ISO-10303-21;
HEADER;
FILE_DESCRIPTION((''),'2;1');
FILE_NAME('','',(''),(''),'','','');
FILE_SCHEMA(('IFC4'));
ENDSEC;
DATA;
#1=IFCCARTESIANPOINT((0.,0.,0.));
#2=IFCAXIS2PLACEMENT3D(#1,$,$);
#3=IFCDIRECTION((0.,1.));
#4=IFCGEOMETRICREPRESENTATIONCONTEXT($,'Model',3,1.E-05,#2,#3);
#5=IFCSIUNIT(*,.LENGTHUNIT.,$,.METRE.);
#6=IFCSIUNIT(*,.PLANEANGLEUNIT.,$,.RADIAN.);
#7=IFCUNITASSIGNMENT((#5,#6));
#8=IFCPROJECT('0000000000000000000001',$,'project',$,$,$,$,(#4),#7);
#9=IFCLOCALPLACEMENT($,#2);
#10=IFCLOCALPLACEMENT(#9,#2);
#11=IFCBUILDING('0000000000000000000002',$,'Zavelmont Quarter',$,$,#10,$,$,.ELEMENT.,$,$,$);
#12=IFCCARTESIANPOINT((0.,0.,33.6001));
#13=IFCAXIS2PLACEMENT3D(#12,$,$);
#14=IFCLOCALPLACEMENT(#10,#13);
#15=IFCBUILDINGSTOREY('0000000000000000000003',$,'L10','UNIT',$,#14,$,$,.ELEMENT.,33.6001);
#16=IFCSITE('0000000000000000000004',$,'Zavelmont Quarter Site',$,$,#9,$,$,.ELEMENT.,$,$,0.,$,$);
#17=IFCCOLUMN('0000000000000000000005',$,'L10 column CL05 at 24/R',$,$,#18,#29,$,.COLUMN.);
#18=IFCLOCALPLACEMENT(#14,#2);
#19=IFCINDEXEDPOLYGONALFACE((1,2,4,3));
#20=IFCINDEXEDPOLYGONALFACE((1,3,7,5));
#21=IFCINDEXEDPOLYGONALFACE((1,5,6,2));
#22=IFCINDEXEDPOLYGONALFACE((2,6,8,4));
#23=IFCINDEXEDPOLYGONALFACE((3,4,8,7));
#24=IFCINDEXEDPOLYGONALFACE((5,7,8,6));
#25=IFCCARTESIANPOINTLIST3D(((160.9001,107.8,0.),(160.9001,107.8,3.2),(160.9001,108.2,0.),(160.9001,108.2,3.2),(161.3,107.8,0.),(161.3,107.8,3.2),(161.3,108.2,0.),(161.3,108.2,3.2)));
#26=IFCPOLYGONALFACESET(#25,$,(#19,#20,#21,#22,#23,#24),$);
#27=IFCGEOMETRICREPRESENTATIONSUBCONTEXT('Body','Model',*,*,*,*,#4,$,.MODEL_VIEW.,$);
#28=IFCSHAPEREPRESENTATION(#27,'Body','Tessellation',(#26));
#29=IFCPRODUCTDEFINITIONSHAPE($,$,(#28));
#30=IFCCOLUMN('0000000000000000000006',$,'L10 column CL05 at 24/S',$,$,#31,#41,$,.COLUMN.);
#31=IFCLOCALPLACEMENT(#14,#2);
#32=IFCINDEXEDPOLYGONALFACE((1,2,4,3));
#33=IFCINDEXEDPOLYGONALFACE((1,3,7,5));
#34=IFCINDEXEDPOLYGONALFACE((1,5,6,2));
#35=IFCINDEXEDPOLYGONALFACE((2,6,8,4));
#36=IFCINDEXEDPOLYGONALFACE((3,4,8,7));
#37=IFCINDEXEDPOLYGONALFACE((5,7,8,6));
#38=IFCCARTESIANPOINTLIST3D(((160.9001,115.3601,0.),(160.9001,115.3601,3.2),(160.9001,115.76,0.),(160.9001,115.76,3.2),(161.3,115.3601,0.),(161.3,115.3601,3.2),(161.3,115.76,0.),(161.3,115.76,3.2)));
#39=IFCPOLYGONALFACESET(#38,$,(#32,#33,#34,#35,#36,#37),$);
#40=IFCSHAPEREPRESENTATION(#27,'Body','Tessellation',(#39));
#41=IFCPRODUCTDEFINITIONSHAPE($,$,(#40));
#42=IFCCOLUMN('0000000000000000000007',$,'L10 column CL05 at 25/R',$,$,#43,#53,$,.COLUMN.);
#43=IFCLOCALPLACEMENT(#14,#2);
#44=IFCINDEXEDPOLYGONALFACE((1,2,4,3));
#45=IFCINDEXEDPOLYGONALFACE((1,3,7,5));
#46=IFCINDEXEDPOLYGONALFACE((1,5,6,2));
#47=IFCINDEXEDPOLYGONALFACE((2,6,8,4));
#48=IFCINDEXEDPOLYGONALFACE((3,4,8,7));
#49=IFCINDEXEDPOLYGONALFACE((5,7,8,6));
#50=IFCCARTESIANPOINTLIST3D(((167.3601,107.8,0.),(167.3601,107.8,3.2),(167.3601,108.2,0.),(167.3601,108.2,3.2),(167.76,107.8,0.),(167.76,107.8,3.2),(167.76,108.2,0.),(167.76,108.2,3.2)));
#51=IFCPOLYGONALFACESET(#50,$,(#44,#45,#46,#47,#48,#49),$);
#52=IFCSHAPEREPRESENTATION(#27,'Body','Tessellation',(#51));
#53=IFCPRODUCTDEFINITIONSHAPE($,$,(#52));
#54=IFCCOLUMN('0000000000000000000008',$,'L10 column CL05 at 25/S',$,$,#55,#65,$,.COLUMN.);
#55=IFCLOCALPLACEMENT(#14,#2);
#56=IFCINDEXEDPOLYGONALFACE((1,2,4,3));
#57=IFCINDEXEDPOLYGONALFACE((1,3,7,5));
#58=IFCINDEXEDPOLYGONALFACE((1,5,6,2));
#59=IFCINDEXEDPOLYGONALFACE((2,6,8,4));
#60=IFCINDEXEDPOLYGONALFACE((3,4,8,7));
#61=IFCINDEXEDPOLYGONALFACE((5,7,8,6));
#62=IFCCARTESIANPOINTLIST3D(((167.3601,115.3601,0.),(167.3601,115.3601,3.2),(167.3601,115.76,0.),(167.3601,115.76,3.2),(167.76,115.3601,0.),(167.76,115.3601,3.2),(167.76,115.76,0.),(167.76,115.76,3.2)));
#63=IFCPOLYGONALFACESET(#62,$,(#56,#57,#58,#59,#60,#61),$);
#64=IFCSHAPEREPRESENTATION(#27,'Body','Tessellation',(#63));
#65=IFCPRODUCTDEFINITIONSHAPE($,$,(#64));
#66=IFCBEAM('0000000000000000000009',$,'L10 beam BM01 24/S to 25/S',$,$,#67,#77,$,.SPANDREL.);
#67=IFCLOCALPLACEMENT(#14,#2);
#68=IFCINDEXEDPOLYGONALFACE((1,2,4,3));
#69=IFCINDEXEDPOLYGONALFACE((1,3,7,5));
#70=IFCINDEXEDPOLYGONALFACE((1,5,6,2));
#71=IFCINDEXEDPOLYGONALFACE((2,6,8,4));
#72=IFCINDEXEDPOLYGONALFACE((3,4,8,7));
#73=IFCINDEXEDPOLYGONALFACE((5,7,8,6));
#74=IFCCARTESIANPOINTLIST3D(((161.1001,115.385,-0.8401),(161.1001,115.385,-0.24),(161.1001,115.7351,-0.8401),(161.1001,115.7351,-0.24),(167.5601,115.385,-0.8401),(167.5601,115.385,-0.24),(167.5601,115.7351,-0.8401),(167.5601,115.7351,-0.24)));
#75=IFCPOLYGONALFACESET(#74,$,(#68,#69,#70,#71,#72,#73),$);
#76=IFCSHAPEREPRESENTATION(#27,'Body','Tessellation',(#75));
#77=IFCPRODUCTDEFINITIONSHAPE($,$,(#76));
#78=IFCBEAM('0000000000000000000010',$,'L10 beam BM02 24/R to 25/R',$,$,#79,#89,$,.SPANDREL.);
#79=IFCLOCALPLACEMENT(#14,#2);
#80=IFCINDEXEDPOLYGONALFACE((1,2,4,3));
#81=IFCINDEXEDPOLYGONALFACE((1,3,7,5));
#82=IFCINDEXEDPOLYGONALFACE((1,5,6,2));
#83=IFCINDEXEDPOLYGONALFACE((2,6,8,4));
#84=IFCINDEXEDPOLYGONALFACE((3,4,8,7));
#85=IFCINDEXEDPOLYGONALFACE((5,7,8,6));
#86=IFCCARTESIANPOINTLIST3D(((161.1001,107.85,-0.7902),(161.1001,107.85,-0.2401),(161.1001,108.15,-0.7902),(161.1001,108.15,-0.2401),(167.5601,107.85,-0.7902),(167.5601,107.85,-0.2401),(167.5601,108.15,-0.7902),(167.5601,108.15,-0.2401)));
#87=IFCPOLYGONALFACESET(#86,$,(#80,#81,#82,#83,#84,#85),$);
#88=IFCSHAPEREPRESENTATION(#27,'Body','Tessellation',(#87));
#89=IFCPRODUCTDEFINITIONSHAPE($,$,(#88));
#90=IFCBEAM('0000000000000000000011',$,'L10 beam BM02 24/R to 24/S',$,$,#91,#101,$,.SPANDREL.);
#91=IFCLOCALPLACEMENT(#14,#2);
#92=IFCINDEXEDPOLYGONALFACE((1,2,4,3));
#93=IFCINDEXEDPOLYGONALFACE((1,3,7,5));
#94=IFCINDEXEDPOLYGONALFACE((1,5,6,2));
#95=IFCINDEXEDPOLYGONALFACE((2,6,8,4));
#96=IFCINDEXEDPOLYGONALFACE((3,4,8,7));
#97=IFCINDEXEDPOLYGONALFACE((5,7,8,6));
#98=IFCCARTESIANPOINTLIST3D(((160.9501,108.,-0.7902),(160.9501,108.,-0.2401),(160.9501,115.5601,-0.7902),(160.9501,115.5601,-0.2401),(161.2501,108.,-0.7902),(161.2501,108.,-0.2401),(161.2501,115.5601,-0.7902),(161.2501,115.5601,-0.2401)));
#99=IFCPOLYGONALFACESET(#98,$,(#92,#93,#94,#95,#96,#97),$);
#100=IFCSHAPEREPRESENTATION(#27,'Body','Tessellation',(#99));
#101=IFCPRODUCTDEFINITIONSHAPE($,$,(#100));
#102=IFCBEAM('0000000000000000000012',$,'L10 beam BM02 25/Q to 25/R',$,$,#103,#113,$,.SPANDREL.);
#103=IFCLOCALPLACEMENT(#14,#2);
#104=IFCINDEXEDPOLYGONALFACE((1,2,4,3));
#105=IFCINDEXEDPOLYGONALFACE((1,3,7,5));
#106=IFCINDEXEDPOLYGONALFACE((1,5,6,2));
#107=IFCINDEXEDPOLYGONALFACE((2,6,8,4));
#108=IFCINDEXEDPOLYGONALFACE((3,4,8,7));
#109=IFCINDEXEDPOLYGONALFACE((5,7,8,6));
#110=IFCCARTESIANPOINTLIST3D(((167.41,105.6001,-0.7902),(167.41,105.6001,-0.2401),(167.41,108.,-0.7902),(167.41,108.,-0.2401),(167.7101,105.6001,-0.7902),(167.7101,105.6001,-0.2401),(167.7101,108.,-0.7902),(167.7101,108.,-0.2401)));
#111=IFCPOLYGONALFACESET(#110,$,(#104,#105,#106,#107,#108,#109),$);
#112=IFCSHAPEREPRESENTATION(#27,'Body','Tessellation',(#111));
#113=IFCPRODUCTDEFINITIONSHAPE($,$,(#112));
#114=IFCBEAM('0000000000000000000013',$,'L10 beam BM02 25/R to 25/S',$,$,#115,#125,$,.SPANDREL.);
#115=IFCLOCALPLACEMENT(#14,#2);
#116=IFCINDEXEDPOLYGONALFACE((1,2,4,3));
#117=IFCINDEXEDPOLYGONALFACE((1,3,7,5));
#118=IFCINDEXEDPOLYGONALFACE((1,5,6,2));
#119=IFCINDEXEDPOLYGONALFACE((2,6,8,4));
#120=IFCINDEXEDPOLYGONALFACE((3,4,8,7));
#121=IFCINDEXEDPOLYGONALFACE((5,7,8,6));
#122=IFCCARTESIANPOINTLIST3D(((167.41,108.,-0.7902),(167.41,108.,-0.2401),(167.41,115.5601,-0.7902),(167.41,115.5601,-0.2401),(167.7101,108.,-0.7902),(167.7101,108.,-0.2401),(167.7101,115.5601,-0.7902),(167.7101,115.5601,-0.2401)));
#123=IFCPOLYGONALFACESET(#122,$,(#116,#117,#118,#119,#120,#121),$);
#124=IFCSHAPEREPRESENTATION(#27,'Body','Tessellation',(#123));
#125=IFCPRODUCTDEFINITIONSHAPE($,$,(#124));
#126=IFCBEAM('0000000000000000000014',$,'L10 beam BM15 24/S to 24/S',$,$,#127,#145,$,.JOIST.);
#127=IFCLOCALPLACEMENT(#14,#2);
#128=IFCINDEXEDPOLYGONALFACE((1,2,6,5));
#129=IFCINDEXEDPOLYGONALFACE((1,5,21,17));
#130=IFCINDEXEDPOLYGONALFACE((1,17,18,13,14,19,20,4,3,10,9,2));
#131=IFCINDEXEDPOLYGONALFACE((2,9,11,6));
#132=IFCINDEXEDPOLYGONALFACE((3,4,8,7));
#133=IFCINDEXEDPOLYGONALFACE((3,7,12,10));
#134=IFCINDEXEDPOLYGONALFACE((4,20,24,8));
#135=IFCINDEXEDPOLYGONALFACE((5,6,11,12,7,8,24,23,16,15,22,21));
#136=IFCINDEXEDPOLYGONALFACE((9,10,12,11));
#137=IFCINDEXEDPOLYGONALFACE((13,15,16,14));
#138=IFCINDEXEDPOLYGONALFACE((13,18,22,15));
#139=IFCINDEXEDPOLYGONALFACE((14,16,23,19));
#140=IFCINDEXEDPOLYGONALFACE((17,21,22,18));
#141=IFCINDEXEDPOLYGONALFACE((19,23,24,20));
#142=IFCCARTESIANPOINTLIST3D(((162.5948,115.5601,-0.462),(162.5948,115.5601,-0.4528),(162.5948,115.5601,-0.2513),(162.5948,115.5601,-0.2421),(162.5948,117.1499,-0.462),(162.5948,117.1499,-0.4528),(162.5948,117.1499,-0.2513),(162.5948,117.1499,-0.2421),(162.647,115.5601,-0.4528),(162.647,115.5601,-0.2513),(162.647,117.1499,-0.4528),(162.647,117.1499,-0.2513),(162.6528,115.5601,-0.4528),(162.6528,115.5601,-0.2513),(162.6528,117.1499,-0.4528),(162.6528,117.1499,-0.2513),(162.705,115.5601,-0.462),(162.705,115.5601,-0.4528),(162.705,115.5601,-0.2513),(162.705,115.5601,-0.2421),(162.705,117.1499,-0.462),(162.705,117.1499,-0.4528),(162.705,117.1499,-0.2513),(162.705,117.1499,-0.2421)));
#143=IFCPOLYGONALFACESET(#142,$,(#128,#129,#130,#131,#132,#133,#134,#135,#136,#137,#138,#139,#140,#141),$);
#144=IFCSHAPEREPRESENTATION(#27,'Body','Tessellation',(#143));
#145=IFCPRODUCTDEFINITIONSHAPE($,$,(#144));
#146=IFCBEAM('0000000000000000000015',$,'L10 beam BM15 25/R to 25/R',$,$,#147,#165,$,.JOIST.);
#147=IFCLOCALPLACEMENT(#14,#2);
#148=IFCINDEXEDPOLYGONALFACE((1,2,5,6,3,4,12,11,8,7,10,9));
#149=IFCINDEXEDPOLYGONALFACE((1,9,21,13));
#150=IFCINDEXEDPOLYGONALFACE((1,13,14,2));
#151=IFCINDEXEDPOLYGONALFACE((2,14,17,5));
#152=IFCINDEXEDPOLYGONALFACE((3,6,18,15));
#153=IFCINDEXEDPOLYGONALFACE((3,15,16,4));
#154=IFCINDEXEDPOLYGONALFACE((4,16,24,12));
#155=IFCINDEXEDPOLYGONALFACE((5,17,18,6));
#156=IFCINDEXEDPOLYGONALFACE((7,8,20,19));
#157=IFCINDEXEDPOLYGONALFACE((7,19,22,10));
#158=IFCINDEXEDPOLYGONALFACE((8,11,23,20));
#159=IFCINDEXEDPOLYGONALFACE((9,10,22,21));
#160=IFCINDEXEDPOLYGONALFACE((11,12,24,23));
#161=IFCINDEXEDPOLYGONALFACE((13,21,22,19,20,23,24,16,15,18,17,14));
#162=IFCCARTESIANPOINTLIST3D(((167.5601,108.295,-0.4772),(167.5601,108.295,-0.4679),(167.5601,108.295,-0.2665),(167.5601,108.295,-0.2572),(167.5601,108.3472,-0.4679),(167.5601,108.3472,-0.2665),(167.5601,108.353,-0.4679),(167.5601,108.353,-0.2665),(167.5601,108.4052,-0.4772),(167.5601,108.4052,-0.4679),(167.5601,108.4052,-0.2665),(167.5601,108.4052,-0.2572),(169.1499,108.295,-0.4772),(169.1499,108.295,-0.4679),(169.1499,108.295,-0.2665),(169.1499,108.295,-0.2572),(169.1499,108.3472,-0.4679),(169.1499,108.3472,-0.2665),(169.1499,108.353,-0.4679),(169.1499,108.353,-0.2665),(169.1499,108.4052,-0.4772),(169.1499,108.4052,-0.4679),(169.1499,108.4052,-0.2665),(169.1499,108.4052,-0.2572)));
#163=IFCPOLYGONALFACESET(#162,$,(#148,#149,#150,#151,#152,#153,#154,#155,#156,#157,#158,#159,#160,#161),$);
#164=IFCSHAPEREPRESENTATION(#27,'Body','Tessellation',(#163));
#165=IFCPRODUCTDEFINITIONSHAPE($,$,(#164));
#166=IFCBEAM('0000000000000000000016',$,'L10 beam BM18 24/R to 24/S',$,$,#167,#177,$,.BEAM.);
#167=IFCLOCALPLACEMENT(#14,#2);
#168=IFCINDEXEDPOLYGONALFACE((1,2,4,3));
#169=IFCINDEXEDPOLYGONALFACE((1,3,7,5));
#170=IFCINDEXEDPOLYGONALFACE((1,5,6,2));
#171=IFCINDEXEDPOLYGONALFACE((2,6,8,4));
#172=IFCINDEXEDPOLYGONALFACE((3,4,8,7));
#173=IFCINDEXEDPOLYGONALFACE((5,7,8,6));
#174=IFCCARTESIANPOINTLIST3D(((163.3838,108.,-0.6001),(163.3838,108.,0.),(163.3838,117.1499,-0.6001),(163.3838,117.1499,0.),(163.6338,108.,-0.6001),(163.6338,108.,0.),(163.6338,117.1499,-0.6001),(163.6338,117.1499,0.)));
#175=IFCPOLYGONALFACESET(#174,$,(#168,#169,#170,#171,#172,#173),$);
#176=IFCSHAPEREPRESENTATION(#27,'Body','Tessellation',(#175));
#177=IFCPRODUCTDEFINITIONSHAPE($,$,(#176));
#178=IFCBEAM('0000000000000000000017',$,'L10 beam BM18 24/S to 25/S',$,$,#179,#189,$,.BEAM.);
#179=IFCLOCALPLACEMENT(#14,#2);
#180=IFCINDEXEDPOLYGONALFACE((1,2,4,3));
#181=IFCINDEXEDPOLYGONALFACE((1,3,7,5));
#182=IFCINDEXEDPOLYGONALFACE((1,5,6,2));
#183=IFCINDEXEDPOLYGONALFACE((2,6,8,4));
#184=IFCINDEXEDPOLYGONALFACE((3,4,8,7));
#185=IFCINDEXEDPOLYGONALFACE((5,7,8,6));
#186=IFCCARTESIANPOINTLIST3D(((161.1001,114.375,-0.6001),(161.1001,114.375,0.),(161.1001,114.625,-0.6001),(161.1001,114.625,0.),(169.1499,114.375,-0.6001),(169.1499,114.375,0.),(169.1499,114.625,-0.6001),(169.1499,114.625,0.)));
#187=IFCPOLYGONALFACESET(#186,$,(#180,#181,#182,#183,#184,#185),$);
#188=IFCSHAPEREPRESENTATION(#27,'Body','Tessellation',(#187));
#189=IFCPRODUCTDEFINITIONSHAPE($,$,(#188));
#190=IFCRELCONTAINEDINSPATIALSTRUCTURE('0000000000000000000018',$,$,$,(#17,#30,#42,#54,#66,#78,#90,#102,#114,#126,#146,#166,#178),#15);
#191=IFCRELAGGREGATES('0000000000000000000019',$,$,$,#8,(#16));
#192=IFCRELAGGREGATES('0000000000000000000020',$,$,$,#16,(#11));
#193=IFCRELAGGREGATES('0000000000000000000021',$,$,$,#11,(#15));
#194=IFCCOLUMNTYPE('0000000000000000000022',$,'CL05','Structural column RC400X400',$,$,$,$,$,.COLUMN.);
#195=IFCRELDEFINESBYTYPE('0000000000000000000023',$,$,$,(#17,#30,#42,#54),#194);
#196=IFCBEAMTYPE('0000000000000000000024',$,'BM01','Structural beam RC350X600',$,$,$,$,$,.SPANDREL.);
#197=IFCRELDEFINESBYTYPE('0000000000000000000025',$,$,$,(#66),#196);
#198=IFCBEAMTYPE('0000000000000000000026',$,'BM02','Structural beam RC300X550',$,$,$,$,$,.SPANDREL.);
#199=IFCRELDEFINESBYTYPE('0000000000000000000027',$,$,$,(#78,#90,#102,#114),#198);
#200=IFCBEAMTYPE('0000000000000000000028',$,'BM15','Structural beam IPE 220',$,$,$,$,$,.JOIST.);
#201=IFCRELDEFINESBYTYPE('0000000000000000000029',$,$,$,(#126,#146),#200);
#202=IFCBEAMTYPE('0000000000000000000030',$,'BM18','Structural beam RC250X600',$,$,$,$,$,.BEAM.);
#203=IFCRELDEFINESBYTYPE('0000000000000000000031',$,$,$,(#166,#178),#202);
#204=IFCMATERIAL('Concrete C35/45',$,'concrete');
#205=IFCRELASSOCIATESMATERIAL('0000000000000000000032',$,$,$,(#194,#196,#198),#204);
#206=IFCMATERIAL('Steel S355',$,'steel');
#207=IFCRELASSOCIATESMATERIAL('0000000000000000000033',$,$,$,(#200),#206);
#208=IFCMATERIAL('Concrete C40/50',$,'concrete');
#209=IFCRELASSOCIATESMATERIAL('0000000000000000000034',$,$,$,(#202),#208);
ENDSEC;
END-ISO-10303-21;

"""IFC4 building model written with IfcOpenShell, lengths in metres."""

from ifc_helpers import new_model, si_unit, direction, frame, origin, origin_2d, place, context, subcontext, project, spatial, rectangle, i_section, extrude, material, material_profile, profile_set, type_object, element, save


model = new_model("IFC4")

# Units and contexts
model_context = context("Model", 3, precision=1e-05, world=origin(), true_north=direction((0.0, 1.0)))
body_context = subcontext(model_context, "Body", "Model", "MODEL_VIEW")
ifc_project = project(units=[si_unit("LENGTHUNIT", "METRE"), si_unit("PLANEANGLEUNIT", "RADIAN")], contexts=[model_context])

# Site, building, storey
site_placement = place(None, origin())
site = spatial("IfcSite", under=ifc_project, at=site_placement, Name="Zavelmont Quarter Site", CompositionType="ELEMENT", RefElevation=0.0)
building_placement = place(site_placement, origin())
building = spatial("IfcBuilding", under=site, at=building_placement, Name="Zavelmont Quarter", CompositionType="ELEMENT")
storey_placement = place(building_placement, frame((0.0, 0.0, 33.6001)))
storey = spatial("IfcBuildingStorey", under=building, at=storey_placement, Name="L10", Description="UNIT", CompositionType="ELEMENT", Elevation=33.6001)

# Columns
ifc_material_1 = material(Name="Concrete C35/45", Category="concrete")
ifc_material_profile_1 = material_profile(ifc_material_1, rectangle(XDim=0.3999, YDim=0.3999, at=origin_2d()), Name="RC400X400")
ifc_profile_set_1 = profile_set([ifc_material_profile_1], Name="Concrete C35/45")
column_type = type_object("IfcColumnType", Name="CL05", Description="Structural column RC400X400", PredefinedType="COLUMN", material=ifc_profile_set_1)
for number, where, z_axis, x_axis, name in (
    (1, (161.1001, 108.0, 0.0), (0.0, 0.0, 1.0), (1.0, 0.0, 0.0), "L10 column CL05 at 24/R"),
    (2, (161.1001, 115.5601, 0.0), (0.0, 0.0, 1.0), (1.0, 0.0, 0.0), "L10 column CL05 at 24/S"),
    (3, (167.5601, 108.0, 0.0), (0.0, 0.0, 1.0), (1.0, 0.0, 0.0), "L10 column CL05 at 25/R"),
    (4, (167.5601, 115.5601, 0.0), (0.0, 0.0, 1.0), (1.0, 0.0, 0.0), "L10 column CL05 at 25/S"),
):
    element("IfcColumn", number, at=place(storey_placement, frame(where, z_axis=z_axis, x_axis=x_axis)), inside=storey, type_object=column_type, Name=name, PredefinedType="COLUMN", context=body_context, shape_type="SweptSolid", body=[
        extrude(rectangle(XDim=0.3999, YDim=0.3999, at=origin_2d()), origin(), (0.0, 0.0, 1.0), 3.2),
    ])

# Beams
ifc_material_profile_2 = material_profile(ifc_material_1, rectangle(XDim=0.3501, YDim=0.6001, at=origin_2d()), Name="RC350X600")
ifc_profile_set_2 = profile_set([ifc_material_profile_2], Name="Concrete C35/45")
beam_type_1 = type_object("IfcBeamType", Name="BM01", Description="Structural beam RC350X600", PredefinedType="SPANDREL", material=ifc_profile_set_2)
beam_1_placement = place(storey_placement, frame((161.1001, 115.5601, -0.54), z_axis=(1.0, 0.0, 0.0), x_axis=(0.0, 1.0, 0.0)))
element("IfcBeam", 5, at=beam_1_placement, inside=storey, type_object=beam_type_1, Name="L10 beam BM01 24/S to 25/S", PredefinedType="SPANDREL", context=body_context, shape_type="SweptSolid", body=[
    extrude(rectangle(XDim=0.3501, YDim=0.6001, at=origin_2d()), origin(), (0.0, 0.0, 1.0), 6.46),
])
ifc_material_profile_3 = material_profile(ifc_material_1, rectangle(XDim=0.3, YDim=0.55, at=origin_2d()), Name="RC300X550")
ifc_profile_set_3 = profile_set([ifc_material_profile_3], Name="Concrete C35/45")
beam_type_2 = type_object("IfcBeamType", Name="BM02", Description="Structural beam RC300X550", PredefinedType="SPANDREL", material=ifc_profile_set_3)
beam_2_placement = place(storey_placement, frame((161.1001, 108.0, -0.5151), z_axis=(1.0, 0.0, 0.0), x_axis=(0.0, 1.0, 0.0)))
element("IfcBeam", 6, at=beam_2_placement, inside=storey, type_object=beam_type_2, Name="L10 beam BM02 24/R to 25/R", PredefinedType="SPANDREL", context=body_context, shape_type="SweptSolid", body=[
    extrude(rectangle(XDim=0.3, YDim=0.55, at=origin_2d()), origin(), (0.0, 0.0, 1.0), 6.46),
])
beam_3_placement = place(storey_placement, frame((161.1001, 108.0, -0.5151), z_axis=(0.0, 1.0, 0.0), x_axis=(-1.0, 0.0, 0.0)))
element("IfcBeam", 7, at=beam_3_placement, inside=storey, type_object=beam_type_2, Name="L10 beam BM02 24/R to 24/S", PredefinedType="SPANDREL", context=body_context, shape_type="SweptSolid", body=[
    extrude(rectangle(XDim=0.3, YDim=0.55, at=origin_2d()), origin(), (0.0, 0.0, 1.0), 7.5601),
])
beam_4_placement = place(storey_placement, frame((167.5601, 105.6001, -0.5151), z_axis=(0.0, 1.0, 0.0), x_axis=(-1.0, 0.0, 0.0)))
element("IfcBeam", 8, at=beam_4_placement, inside=storey, type_object=beam_type_2, Name="L10 beam BM02 25/Q to 25/R", PredefinedType="SPANDREL", context=body_context, shape_type="SweptSolid", body=[
    extrude(rectangle(XDim=0.3, YDim=0.55, at=origin_2d()), origin(), (0.0, 0.0, 1.0), 2.3999),
])
beam_5_placement = place(storey_placement, frame((167.5601, 108.0, -0.5151), z_axis=(0.0, 1.0, 0.0), x_axis=(-1.0, 0.0, 0.0)))
element("IfcBeam", 9, at=beam_5_placement, inside=storey, type_object=beam_type_2, Name="L10 beam BM02 25/R to 25/S", PredefinedType="SPANDREL", context=body_context, shape_type="SweptSolid", body=[
    extrude(rectangle(XDim=0.3, YDim=0.55, at=origin_2d()), origin(), (0.0, 0.0, 1.0), 7.5601),
])
ifc_material_2 = material(Name="Steel S355", Category="steel")
ifc_material_profile_4 = material_profile(ifc_material_2, i_section(OverallWidth=0.1101, OverallDepth=0.22, WebThickness=0.0059, FlangeThickness=0.0093, at=origin_2d()), Name="IPE 220")
ifc_profile_set_4 = profile_set([ifc_material_profile_4], Name="Steel S355")
beam_type_3 = type_object("IfcBeamType", Name="BM15", Description="Structural beam IPE 220", PredefinedType="JOIST", material=ifc_profile_set_4)
for number, where, z_axis, x_axis, name in (
    (10, (162.6499, 115.5601, -0.3521), (0.0, 1.0, 0.0), (-1.0, 0.0, 0.0), "L10 beam BM15 24/S to 24/S"),
    (11, (167.5601, 108.3501, -0.3672), (1.0, 0.0, 0.0), (0.0, 1.0, 0.0), "L10 beam BM15 25/R to 25/R"),
):
    element("IfcBeam", number, at=place(storey_placement, frame(where, z_axis=z_axis, x_axis=x_axis)), inside=storey, type_object=beam_type_3, Name=name, PredefinedType="JOIST", context=body_context, shape_type="SweptSolid", body=[
        extrude(i_section(OverallWidth=0.1101, OverallDepth=0.22, WebThickness=0.0059, FlangeThickness=0.0093, at=origin_2d()), origin(), (0.0, 0.0, 1.0), 1.5898),
    ])
ifc_material_3 = material(Name="Concrete C40/50", Category="concrete")
ifc_material_profile_5 = material_profile(ifc_material_3, rectangle(XDim=0.25, YDim=0.6001, at=origin_2d()), Name="RC250X600")
ifc_profile_set_5 = profile_set([ifc_material_profile_5], Name="Concrete C40/50")
beam_type_4 = type_object("IfcBeamType", Name="BM18", Description="Structural beam RC250X600", PredefinedType="BEAM", material=ifc_profile_set_5)
beam_6_placement = place(storey_placement, frame((163.5088, 108.0, -0.3), z_axis=(0.0, 1.0, 0.0), x_axis=(-1.0, 0.0, 0.0)))
element("IfcBeam", 12, at=beam_6_placement, inside=storey, type_object=beam_type_4, Name="L10 beam BM18 24/R to 24/S", PredefinedType="BEAM", context=body_context, shape_type="SweptSolid", body=[
    extrude(rectangle(XDim=0.25, YDim=0.6001, at=origin_2d()), origin(), (0.0, 0.0, 1.0), 9.1499),
])
beam_7_placement = place(storey_placement, frame((161.1001, 114.5, -0.3), z_axis=(1.0, 0.0, 0.0), x_axis=(0.0, 1.0, 0.0)))
element("IfcBeam", 13, at=beam_7_placement, inside=storey, type_object=beam_type_4, Name="L10 beam BM18 24/S to 25/S", PredefinedType="BEAM", context=body_context, shape_type="SweptSolid", body=[
    extrude(rectangle(XDim=0.25, YDim=0.6001, at=origin_2d()), origin(), (0.0, 0.0, 1.0), 8.0498),
])

save(model, "model.ifc")
